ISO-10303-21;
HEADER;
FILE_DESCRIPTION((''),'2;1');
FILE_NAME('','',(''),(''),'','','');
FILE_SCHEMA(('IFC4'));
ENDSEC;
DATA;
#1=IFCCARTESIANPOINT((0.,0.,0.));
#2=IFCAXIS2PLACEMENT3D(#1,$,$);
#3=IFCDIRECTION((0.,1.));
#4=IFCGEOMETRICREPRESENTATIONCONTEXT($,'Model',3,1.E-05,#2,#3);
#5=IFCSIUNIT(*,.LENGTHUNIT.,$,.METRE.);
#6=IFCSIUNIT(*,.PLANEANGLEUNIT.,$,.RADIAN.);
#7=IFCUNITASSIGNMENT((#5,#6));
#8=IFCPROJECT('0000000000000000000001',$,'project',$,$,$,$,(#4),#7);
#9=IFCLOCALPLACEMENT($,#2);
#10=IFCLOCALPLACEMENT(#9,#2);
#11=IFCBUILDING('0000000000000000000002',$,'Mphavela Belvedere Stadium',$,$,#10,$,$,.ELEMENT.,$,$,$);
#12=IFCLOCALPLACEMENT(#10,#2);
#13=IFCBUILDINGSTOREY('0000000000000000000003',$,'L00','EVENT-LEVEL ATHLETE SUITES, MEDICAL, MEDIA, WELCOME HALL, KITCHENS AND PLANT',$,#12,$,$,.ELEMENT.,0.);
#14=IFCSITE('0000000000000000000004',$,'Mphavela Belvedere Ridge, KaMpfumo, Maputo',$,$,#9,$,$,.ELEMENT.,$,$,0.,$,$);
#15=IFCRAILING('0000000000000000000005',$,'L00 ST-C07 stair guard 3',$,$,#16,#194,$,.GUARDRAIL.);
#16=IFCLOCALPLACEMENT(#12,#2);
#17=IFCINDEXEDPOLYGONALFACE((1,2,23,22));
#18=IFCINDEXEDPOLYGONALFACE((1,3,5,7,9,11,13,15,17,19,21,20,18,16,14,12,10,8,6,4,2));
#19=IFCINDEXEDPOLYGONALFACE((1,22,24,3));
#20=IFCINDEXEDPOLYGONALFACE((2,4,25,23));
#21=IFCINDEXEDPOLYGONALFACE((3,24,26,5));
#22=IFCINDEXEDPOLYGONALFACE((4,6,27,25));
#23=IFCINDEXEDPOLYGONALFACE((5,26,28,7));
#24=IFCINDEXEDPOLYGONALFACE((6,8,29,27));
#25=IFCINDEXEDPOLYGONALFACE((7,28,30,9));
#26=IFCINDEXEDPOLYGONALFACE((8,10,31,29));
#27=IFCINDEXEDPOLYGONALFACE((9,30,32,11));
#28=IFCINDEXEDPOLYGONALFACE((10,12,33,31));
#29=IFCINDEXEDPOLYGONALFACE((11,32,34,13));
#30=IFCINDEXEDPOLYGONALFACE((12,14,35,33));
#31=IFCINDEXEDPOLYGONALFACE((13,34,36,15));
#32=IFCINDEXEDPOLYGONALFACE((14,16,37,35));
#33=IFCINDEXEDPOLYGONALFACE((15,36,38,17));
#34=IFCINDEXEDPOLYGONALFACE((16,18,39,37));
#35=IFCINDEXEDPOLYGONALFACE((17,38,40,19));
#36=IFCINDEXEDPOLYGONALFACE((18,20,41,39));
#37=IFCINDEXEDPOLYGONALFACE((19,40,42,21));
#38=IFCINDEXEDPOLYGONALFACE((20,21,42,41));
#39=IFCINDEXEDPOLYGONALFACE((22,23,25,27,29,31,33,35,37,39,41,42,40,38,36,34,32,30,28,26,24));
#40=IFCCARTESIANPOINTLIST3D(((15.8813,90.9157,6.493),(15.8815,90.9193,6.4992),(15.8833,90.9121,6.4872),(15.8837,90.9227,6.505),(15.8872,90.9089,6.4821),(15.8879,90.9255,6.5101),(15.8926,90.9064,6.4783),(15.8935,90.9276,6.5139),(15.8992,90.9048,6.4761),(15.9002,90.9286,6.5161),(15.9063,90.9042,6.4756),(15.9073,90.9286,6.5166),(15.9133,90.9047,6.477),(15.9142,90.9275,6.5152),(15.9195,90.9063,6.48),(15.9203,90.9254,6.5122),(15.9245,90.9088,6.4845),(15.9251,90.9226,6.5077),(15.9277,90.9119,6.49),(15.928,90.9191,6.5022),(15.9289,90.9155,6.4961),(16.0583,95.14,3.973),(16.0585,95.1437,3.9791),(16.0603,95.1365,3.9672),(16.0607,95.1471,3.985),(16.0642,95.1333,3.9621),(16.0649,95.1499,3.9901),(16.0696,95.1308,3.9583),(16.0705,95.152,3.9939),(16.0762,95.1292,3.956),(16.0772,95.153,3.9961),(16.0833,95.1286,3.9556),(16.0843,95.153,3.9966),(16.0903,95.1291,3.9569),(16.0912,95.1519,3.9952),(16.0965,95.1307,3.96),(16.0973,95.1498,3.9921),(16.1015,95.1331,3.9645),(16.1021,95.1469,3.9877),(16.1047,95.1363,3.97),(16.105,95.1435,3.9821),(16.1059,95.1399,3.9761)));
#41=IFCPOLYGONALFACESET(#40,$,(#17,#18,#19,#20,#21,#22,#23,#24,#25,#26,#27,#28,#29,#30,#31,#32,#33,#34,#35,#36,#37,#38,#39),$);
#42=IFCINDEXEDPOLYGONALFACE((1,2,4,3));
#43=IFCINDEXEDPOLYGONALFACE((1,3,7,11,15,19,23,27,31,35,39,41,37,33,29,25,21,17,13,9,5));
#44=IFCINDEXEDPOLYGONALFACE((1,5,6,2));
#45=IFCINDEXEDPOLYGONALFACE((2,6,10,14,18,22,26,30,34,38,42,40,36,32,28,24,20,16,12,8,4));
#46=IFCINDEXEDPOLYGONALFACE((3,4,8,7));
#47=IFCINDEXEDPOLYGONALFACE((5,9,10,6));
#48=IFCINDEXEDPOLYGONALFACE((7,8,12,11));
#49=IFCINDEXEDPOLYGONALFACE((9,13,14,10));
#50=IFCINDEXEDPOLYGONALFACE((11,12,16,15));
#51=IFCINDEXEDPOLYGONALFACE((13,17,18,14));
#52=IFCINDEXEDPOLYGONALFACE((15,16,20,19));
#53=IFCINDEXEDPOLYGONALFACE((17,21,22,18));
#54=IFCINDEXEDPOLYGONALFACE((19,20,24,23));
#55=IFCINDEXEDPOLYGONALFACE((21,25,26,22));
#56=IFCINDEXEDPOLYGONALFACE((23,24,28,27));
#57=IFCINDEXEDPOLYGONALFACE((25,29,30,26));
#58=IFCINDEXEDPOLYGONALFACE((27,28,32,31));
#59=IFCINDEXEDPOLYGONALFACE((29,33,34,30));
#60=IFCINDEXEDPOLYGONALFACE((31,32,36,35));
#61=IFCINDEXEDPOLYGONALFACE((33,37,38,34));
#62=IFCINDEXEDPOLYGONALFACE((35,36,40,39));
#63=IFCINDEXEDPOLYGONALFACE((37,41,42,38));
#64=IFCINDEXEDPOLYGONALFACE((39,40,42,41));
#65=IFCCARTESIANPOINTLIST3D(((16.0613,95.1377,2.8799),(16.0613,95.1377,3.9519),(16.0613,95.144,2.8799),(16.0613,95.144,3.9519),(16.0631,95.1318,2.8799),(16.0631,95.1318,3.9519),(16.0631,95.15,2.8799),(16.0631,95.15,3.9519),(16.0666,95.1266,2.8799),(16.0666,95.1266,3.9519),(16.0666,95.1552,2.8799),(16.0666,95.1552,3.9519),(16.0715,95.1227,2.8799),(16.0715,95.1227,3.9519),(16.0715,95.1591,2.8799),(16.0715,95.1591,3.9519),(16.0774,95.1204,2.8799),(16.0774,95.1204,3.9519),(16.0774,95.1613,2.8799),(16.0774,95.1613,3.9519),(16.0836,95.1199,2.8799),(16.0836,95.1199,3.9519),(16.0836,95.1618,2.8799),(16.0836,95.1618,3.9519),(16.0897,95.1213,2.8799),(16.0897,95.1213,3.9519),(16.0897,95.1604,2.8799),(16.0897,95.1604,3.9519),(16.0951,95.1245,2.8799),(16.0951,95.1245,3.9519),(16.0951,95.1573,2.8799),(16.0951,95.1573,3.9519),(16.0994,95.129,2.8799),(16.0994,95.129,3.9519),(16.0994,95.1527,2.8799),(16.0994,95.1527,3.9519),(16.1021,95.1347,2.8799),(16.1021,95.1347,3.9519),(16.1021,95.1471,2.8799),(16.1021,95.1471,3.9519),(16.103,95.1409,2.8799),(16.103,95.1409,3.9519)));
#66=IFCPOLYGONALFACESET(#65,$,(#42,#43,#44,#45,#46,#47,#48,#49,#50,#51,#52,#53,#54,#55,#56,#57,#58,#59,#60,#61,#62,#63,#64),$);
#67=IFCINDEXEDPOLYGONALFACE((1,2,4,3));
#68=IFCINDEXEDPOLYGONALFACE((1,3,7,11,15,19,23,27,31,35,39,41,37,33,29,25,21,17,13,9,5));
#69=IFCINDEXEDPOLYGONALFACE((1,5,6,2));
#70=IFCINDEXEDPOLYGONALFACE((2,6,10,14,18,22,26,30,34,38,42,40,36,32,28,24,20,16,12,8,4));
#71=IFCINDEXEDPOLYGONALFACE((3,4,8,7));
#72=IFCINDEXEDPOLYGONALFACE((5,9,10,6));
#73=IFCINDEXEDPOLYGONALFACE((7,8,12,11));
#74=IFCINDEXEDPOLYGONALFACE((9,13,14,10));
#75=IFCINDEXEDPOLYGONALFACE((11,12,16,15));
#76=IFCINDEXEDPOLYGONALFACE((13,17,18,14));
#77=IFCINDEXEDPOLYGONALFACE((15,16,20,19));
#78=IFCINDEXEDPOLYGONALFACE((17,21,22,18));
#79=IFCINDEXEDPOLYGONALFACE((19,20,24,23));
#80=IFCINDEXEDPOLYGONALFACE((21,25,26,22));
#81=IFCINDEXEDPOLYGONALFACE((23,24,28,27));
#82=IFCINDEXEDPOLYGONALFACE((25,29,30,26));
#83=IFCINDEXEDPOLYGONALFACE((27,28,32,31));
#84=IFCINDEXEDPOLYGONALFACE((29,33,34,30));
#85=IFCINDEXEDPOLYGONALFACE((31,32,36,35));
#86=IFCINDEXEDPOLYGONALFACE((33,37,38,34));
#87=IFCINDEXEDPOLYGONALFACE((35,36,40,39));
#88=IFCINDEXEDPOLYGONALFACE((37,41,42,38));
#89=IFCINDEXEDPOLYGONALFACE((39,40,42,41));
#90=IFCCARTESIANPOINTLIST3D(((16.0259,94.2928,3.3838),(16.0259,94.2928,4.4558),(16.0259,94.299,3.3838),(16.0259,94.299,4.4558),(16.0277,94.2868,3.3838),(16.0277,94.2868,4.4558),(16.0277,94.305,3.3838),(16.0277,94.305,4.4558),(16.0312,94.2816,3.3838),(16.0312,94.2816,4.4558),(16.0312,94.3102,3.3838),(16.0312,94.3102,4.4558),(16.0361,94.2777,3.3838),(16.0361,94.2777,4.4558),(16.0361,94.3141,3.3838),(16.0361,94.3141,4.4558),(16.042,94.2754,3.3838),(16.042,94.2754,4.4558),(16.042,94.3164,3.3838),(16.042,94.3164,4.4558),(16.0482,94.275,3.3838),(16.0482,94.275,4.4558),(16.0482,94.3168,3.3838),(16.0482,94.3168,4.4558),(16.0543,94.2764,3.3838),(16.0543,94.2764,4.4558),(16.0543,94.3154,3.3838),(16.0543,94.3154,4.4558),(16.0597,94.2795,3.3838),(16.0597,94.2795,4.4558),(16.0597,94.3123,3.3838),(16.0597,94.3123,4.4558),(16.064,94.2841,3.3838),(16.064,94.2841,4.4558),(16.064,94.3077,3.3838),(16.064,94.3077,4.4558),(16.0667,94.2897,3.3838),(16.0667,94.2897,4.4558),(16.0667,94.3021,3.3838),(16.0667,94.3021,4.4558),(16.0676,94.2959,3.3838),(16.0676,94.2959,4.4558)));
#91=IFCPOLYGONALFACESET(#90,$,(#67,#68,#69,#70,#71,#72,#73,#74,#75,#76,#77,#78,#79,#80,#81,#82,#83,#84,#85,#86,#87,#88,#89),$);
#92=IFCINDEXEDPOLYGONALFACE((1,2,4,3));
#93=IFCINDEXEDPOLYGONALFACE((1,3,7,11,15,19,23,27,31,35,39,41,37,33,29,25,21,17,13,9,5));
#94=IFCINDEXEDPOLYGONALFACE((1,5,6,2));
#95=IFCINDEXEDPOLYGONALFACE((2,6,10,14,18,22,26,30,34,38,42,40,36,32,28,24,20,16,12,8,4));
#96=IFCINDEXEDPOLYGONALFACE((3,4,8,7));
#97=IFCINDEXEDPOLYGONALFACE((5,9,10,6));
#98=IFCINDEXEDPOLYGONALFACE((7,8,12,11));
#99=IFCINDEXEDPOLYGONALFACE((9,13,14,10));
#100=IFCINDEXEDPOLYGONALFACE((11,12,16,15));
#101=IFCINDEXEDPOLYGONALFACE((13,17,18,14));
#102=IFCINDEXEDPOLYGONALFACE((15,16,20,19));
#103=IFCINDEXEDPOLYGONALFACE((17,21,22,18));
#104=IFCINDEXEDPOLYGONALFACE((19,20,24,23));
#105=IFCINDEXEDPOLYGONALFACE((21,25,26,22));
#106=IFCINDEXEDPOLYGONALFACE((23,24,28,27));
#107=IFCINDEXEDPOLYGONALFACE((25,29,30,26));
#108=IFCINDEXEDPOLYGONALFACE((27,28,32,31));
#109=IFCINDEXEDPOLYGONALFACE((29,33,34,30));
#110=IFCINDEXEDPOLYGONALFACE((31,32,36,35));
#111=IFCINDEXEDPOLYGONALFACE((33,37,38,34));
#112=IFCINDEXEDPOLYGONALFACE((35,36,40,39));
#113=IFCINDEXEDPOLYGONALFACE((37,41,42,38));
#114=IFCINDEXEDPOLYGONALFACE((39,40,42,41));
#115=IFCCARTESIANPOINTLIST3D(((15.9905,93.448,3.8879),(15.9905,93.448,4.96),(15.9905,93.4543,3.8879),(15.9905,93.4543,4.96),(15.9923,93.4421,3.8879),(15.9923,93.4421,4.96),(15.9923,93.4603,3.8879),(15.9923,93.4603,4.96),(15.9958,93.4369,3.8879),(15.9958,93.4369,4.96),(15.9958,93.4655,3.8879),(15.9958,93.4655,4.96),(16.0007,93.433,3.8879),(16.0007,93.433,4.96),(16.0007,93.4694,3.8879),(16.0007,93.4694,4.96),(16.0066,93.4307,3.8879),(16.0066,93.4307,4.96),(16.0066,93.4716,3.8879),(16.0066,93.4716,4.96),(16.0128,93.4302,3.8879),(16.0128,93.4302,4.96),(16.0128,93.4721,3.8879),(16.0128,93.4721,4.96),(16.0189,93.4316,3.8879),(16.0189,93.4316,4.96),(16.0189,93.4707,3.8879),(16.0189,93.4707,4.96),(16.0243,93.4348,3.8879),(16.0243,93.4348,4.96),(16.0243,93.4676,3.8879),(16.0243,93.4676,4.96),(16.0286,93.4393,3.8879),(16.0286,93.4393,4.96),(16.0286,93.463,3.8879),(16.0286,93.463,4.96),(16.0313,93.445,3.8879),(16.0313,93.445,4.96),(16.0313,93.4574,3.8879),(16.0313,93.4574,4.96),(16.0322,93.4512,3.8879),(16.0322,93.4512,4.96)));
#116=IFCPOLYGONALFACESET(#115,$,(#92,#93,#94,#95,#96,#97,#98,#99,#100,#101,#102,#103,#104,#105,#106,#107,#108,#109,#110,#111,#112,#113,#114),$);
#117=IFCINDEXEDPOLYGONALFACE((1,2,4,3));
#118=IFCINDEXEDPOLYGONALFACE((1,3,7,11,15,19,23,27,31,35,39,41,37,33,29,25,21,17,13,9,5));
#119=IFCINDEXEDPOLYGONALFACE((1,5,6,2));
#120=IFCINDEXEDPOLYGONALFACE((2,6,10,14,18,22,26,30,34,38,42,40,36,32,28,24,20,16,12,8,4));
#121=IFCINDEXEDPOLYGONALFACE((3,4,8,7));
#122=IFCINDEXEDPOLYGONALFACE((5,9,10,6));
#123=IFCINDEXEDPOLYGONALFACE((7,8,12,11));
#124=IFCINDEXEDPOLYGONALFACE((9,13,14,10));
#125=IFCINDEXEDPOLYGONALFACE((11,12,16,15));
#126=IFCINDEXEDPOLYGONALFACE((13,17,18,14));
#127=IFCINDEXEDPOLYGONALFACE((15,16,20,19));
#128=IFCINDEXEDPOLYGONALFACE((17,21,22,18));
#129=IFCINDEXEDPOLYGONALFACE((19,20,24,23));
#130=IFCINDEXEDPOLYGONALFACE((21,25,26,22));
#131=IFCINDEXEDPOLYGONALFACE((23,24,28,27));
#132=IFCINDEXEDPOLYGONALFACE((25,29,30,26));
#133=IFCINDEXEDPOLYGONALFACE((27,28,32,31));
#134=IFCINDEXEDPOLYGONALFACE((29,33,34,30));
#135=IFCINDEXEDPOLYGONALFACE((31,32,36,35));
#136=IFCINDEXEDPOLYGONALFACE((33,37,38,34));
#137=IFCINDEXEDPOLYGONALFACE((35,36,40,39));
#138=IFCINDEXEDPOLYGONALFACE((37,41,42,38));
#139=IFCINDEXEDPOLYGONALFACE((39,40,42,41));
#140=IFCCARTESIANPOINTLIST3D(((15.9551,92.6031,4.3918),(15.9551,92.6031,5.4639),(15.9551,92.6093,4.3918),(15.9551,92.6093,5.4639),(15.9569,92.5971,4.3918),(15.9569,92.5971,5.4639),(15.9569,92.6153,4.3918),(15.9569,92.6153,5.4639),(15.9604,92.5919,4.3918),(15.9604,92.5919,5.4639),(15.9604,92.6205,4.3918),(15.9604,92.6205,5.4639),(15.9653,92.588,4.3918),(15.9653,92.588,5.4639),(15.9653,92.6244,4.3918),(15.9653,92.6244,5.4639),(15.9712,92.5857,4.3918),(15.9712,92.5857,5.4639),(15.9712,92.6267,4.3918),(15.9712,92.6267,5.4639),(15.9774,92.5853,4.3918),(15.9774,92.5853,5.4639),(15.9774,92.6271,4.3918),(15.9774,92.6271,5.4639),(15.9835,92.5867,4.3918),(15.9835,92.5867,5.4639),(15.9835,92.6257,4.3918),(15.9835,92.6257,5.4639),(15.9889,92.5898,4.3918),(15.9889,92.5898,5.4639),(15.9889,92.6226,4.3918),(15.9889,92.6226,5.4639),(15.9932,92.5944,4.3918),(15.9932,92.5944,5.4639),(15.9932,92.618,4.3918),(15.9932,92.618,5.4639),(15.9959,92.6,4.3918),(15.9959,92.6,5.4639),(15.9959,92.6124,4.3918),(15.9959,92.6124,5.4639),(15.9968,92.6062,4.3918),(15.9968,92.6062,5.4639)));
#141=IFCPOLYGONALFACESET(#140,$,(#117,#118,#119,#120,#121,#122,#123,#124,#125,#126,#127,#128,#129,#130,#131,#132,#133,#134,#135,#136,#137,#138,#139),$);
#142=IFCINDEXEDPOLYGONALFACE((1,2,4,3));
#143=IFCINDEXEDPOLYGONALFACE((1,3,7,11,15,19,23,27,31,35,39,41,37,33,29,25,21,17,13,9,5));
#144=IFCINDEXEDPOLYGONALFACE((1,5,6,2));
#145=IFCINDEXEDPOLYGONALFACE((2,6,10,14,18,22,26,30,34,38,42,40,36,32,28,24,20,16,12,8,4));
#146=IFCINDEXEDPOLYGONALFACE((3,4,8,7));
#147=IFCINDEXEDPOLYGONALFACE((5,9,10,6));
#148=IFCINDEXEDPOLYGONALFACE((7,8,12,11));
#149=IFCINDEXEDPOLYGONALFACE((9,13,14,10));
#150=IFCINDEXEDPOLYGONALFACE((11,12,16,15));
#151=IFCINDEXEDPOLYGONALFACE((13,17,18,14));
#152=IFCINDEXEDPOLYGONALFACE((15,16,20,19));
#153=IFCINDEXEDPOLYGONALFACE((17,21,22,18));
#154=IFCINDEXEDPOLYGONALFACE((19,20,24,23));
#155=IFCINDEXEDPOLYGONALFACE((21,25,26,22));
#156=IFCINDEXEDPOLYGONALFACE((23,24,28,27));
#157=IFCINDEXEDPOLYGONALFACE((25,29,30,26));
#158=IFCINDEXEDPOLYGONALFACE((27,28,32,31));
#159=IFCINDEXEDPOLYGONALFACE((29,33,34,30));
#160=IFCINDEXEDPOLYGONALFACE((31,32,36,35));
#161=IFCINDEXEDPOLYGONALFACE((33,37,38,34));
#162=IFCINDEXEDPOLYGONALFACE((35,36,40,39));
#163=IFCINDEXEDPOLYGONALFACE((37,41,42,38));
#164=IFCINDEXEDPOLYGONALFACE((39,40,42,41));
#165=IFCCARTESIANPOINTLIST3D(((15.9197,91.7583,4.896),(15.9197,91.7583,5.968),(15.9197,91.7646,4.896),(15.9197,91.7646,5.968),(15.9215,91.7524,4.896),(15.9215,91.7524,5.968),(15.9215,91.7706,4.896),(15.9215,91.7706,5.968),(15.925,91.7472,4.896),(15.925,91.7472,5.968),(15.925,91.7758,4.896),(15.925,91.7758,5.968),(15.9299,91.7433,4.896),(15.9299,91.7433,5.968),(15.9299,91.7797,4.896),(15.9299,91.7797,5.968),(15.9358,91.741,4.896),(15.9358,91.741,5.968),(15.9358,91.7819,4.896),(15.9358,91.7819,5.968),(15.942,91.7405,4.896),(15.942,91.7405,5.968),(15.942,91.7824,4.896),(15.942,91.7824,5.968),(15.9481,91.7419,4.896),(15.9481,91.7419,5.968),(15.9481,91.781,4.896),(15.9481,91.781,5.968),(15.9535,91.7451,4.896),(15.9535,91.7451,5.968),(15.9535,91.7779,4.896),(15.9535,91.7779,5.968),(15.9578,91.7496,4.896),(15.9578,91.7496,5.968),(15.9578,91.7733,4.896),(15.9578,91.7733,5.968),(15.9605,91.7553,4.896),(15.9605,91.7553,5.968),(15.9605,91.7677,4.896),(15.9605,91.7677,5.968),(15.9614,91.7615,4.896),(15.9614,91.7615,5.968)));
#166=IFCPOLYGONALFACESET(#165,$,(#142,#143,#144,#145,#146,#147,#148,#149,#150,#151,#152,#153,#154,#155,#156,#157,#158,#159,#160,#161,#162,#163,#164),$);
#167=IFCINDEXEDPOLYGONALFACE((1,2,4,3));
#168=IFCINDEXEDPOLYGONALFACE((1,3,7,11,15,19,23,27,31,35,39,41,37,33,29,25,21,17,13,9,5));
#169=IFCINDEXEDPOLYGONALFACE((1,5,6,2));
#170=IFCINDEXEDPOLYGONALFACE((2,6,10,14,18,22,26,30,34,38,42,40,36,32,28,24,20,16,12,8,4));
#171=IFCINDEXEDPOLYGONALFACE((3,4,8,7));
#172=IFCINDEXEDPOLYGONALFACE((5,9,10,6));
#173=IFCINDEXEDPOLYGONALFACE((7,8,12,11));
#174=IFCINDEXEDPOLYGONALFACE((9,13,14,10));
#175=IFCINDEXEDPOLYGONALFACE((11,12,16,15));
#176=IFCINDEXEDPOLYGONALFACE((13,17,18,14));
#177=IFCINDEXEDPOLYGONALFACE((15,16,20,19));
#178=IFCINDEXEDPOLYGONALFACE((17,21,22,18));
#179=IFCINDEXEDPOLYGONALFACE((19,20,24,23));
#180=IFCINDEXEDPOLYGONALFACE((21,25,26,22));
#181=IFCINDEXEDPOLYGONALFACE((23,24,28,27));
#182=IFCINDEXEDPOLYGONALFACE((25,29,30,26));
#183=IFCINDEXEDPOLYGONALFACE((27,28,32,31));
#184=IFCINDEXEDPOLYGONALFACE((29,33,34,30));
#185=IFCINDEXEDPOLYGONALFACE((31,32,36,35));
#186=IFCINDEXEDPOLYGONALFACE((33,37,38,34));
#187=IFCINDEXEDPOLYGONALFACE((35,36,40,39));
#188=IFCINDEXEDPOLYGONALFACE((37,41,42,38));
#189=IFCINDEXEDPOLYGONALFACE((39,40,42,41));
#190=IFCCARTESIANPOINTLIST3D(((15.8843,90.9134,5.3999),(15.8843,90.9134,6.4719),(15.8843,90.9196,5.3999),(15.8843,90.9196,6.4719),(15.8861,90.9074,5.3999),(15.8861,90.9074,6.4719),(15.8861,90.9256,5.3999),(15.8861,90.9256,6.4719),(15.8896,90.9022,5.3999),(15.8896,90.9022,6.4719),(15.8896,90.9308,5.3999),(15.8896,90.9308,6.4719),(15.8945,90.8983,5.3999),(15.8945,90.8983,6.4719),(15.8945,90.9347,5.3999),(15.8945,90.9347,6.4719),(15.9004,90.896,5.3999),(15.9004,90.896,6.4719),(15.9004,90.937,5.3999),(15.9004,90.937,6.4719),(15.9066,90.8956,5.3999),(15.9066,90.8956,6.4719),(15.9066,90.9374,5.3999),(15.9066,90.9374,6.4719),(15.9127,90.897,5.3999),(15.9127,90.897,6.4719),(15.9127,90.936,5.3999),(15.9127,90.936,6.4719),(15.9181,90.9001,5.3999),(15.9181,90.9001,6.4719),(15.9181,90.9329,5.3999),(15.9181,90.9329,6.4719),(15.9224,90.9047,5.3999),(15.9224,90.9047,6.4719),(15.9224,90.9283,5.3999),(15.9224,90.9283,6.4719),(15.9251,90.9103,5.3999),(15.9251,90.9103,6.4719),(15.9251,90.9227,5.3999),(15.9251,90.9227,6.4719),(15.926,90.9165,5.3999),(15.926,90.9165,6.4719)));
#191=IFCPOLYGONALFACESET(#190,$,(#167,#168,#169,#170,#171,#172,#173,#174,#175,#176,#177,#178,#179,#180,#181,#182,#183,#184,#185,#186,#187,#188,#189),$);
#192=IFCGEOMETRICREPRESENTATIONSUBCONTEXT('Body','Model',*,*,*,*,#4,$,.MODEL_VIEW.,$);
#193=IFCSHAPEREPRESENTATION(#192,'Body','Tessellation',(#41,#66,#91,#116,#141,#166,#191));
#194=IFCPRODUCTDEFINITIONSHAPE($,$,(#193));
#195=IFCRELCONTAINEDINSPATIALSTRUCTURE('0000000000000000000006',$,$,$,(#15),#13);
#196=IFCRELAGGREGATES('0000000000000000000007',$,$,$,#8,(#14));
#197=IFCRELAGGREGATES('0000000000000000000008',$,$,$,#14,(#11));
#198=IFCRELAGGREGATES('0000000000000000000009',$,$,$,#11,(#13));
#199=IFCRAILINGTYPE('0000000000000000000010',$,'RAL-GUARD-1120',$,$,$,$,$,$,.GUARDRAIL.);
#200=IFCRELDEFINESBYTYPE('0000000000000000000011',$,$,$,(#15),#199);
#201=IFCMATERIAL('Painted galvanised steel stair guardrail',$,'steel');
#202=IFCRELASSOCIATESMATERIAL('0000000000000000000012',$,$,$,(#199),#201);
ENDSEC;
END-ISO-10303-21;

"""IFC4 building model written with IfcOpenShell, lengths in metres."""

from ifc_helpers import new_model, si_unit, direction, frame, origin, origin_2d, place, context, subcontext, project, spatial, circle, extrude, material, type_object, element, save


model = new_model("IFC4")

# Units and contexts
model_context = context("Model", 3, precision=1e-05, world=origin(), true_north=direction((0.0, 1.0)))
body_context = subcontext(model_context, "Body", "Model", "MODEL_VIEW")
ifc_project = project(units=[si_unit("LENGTHUNIT", "METRE"), si_unit("PLANEANGLEUNIT", "RADIAN")], contexts=[model_context])

# Site, building, storey
site_placement = place(None, origin())
site = spatial("IfcSite", under=ifc_project, at=site_placement, Name="Mphavela Belvedere Ridge, KaMpfumo, Maputo", CompositionType="ELEMENT", RefElevation=0.0)
building_placement = place(site_placement, origin())
building = spatial("IfcBuilding", under=site, at=building_placement, Name="Mphavela Belvedere Stadium", CompositionType="ELEMENT")
storey_placement = place(building_placement, origin())
storey = spatial("IfcBuildingStorey", under=building, at=storey_placement, Name="L00", Description="EVENT-LEVEL ATHLETE SUITES, MEDICAL, MEDIA, WELCOME HALL, KITCHENS AND PLANT", CompositionType="ELEMENT", Elevation=0.0)

# Railing
ifc_material_1 = material(Name="Painted galvanised steel stair guardrail", Category="steel")
railing_type_1 = type_object("IfcRailingType", Name="RAL-GUARD-1120", PredefinedType="GUARDRAIL", material=ifc_material_1)
railing_1_placement = place(storey_placement, frame((16.082, 95.1409, 2.8799)))
element("IfcRailing", 1, at=railing_1_placement, inside=storey, type_object=railing_type_1, Name="L00 ST-C07 stair guard 3", PredefinedType="GUARDRAIL", context=body_context, shape_type="SweptSolid", body=[
    extrude(circle(Radius=0.0239, at=origin_2d()), frame((0.0, 0.0, 1.0962), z_axis=(-0.035961, -0.858244, 0.51198), x_axis=(0.999123, -0.041864, 0.0)), (0.0, 0.0, 1.0), 4.9221),
    extrude(circle(Radius=0.021, at=origin_2d()), origin(), (0.0, 0.0, 1.0), 1.072),
    extrude(circle(Radius=0.021, at=origin_2d()), frame((-0.0354, -0.845, 0.5039)), (0.0, 0.0, 1.0), 1.072),
    extrude(circle(Radius=0.021, at=origin_2d()), frame((-0.0708, -1.6897, 1.0081)), (0.0, 0.0, 1.0), 1.072),
    extrude(circle(Radius=0.021, at=origin_2d()), frame((-0.1062, -2.5347, 1.512)), (0.0, 0.0, 1.0), 1.072),
    extrude(circle(Radius=0.021, at=origin_2d()), frame((-0.1416, -3.3794, 2.0161)), (0.0, 0.0, 1.0), 1.072),
    extrude(circle(Radius=0.021, at=origin_2d()), frame((-0.177, -4.2244, 2.52)), (0.0, 0.0, 1.0), 1.072),
])

save(model, "model.ifc")
